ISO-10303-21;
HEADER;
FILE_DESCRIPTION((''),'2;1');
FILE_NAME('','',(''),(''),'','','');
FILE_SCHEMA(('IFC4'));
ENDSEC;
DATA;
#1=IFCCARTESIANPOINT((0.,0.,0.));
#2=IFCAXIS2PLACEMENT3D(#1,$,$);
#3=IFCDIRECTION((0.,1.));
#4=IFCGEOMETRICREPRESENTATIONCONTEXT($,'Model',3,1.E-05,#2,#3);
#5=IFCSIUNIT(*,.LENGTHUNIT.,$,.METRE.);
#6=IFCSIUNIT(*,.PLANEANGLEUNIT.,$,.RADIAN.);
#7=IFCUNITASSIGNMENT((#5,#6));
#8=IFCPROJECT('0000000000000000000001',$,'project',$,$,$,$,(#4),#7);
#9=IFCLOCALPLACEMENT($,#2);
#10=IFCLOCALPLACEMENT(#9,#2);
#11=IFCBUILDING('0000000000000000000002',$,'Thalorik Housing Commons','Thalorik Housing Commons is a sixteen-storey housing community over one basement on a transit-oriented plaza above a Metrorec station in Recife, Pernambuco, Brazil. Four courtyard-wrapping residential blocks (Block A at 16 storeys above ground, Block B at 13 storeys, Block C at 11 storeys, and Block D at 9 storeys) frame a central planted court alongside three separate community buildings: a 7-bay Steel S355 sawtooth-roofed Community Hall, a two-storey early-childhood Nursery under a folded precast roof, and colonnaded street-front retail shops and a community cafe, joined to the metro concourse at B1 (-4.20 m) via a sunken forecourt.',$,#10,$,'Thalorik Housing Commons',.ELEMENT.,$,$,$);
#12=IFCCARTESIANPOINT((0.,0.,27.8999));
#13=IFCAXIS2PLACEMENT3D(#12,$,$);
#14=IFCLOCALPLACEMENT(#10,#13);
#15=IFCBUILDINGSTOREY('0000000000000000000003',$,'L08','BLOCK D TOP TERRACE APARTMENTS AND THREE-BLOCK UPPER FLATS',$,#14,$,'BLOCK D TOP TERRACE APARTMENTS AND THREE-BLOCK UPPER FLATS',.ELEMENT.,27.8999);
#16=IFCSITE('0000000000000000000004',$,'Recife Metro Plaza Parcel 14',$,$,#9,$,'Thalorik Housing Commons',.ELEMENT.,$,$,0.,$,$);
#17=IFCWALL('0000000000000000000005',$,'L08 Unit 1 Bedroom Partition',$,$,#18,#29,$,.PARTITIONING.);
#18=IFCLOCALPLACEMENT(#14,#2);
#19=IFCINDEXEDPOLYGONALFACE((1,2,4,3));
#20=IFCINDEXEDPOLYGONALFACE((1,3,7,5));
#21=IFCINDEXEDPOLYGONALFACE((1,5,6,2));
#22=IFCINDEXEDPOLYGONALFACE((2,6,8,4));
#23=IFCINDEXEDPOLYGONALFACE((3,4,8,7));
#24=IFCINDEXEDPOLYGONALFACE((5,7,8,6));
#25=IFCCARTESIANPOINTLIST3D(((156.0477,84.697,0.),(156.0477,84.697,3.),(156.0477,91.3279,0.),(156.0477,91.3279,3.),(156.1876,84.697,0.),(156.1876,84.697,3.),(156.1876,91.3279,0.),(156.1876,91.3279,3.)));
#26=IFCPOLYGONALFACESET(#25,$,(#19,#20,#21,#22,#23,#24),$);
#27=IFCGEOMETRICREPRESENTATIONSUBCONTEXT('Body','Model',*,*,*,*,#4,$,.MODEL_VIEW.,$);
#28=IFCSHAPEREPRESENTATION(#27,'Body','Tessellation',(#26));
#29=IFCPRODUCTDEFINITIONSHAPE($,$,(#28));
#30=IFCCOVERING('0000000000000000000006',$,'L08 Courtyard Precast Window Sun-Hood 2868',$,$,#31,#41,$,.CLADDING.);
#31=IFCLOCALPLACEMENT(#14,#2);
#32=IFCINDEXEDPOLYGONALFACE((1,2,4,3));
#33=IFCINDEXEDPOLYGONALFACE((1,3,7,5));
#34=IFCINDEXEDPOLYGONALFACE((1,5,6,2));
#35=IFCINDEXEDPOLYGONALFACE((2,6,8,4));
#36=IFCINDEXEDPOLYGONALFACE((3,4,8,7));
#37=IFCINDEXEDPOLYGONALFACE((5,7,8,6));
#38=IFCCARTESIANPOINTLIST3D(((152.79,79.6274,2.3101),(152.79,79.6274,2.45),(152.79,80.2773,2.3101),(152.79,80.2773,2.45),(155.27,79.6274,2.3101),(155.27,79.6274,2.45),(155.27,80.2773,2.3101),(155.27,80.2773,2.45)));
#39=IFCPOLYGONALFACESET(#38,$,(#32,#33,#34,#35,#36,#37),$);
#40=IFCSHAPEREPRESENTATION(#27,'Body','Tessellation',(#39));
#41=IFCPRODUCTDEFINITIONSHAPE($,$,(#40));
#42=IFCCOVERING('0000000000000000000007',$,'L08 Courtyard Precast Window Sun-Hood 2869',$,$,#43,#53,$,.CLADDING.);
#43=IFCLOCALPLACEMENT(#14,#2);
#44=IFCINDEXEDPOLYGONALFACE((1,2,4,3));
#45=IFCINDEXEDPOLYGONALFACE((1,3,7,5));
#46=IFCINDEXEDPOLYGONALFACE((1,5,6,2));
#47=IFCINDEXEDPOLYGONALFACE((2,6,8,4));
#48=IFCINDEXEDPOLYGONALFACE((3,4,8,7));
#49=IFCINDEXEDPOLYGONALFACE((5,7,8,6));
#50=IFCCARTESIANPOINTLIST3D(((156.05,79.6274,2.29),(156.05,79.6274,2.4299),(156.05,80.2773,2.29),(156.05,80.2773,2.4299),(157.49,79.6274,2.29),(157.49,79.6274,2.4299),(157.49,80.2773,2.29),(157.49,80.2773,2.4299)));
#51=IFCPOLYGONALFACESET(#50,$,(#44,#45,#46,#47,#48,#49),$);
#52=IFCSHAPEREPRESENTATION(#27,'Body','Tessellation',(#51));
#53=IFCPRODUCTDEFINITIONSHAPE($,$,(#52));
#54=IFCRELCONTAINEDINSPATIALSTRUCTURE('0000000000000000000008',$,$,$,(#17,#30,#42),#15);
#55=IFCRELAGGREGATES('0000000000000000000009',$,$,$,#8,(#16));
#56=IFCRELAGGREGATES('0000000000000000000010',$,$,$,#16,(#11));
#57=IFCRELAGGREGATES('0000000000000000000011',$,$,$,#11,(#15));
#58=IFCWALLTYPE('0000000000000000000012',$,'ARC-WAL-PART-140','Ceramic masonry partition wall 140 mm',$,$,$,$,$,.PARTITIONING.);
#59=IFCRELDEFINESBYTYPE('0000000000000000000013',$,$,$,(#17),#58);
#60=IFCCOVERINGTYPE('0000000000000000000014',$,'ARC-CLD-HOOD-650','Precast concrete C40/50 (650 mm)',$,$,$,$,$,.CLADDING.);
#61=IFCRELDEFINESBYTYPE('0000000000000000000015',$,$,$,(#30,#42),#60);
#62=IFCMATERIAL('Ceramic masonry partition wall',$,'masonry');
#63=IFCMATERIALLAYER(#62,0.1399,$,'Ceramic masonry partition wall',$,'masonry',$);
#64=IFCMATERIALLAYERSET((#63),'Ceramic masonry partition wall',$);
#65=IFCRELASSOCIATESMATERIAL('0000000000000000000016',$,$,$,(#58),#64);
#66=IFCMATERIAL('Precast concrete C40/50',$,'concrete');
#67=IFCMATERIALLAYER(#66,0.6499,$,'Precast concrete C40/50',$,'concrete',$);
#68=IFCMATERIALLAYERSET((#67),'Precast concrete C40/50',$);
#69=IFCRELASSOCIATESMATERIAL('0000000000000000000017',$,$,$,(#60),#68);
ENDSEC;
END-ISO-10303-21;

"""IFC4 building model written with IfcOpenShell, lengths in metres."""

from ifc_helpers import new_model, si_unit, direction, frame, frame_2d, origin, origin_2d, place, context, subcontext, project, spatial, rectangle, extrude, material, layer, layer_set, type_object, element, save


model = new_model("IFC4")

# Units and contexts
model_context = context("Model", 3, precision=1e-05, world=origin(), true_north=direction((0.0, 1.0)))
body_context = subcontext(model_context, "Body", "Model", "MODEL_VIEW")
ifc_project = project(units=[si_unit("LENGTHUNIT", "METRE"), si_unit("PLANEANGLEUNIT", "RADIAN")], contexts=[model_context])

# Site, building, storey
site_placement = place(None, origin())
site = spatial("IfcSite", under=ifc_project, at=site_placement, Name="Recife Metro Plaza Parcel 14", LongName="Thalorik Housing Commons", CompositionType="ELEMENT", RefElevation=0.0)
building_placement = place(site_placement, origin())
building = spatial("IfcBuilding", under=site, at=building_placement, Name="Thalorik Housing Commons", Description="Thalorik Housing Commons is a sixteen-storey housing community over one basement on a transit-oriented plaza above a Metrorec station in Recife, Pernambuco, Brazil. Four courtyard-wrapping residential blocks (Block A at 16 storeys above ground, Block B at 13 storeys, Block C at 11 storeys, and Block D at 9 storeys) frame a central planted court alongside three separate community buildings: a 7-bay Steel S355 sawtooth-roofed Community Hall, a two-storey early-childhood Nursery under a folded precast roof, and colonnaded street-front retail shops and a community cafe, joined to the metro concourse at B1 (-4.20 m) via a sunken forecourt.", LongName="Thalorik Housing Commons", CompositionType="ELEMENT")
storey_placement = place(building_placement, frame((0.0, 0.0, 27.8999)))
storey = spatial("IfcBuildingStorey", under=building, at=storey_placement, Name="L08", Description="BLOCK D TOP TERRACE APARTMENTS AND THREE-BLOCK UPPER FLATS", LongName="BLOCK D TOP TERRACE APARTMENTS AND THREE-BLOCK UPPER FLATS", CompositionType="ELEMENT", Elevation=27.8999)

# Shared definitions
ifc_material_1 = material(Name="Precast concrete C40/50", Category="concrete")

# Wall
ifc_material_2 = material(Name="Ceramic masonry partition wall", Category="masonry")
ifc_layer_1 = layer(ifc_material_2, 0.1399, Name="Ceramic masonry partition wall", Category="masonry")
ifc_layer_set_1 = layer_set([ifc_layer_1], Name="Ceramic masonry partition wall")
wall_type_1 = type_object("IfcWallType", Name="ARC-WAL-PART-140", Description="Ceramic masonry partition wall 140 mm", PredefinedType="PARTITIONING", material=ifc_layer_set_1)
wall_1_placement = place(storey_placement, frame((156.1177, 84.697, 0.0), z_axis=(0.0, 0.0, 1.0), x_axis=(0.0, 1.0, 0.0)))
element("IfcWall", 1, at=wall_1_placement, inside=storey, type_object=wall_type_1, Name="L08 Unit 1 Bedroom Partition", PredefinedType="PARTITIONING", context=body_context, shape_type="SweptSolid", body=[
    extrude(rectangle(XDim=6.6309, YDim=0.1399, at=frame_2d((3.3154, 0.0))), origin(), (0.0, 0.0, 1.0), 3.0),
])

# Coverings
ifc_layer_2 = layer(ifc_material_1, 0.6499, Name="Precast concrete C40/50", Category="concrete")
ifc_layer_set_2 = layer_set([ifc_layer_2], Name="Precast concrete C40/50")
covering_type = type_object("IfcCoveringType", Name="ARC-CLD-HOOD-650", Description="Precast concrete C40/50 (650 mm)", PredefinedType="CLADDING", material=ifc_layer_set_2)
covering_1_placement = place(storey_placement, frame((154.03, 79.9524, 2.3101), z_axis=(0.0, 0.0, 1.0), x_axis=(1.0, 0.0, 0.0)))
element("IfcCovering", 2, at=covering_1_placement, inside=storey, type_object=covering_type, Name="L08 Courtyard Precast Window Sun-Hood 2868", PredefinedType="CLADDING", context=body_context, shape_type="SweptSolid", body=[
    extrude(rectangle(XDim=2.48, YDim=0.6499, at=origin_2d()), origin(), (0.0, 0.0, 1.0), 0.1399),
])
covering_2_placement = place(storey_placement, frame((156.77, 79.9524, 2.29), z_axis=(0.0, 0.0, 1.0), x_axis=(1.0, 0.0, 0.0)))
element("IfcCovering", 3, at=covering_2_placement, inside=storey, type_object=covering_type, Name="L08 Courtyard Precast Window Sun-Hood 2869", PredefinedType="CLADDING", context=body_context, shape_type="SweptSolid", body=[
    extrude(rectangle(XDim=1.4399, YDim=0.6499, at=origin_2d()), origin(), (0.0, 0.0, 1.0), 0.1399),
])

save(model, "model.ifc")
